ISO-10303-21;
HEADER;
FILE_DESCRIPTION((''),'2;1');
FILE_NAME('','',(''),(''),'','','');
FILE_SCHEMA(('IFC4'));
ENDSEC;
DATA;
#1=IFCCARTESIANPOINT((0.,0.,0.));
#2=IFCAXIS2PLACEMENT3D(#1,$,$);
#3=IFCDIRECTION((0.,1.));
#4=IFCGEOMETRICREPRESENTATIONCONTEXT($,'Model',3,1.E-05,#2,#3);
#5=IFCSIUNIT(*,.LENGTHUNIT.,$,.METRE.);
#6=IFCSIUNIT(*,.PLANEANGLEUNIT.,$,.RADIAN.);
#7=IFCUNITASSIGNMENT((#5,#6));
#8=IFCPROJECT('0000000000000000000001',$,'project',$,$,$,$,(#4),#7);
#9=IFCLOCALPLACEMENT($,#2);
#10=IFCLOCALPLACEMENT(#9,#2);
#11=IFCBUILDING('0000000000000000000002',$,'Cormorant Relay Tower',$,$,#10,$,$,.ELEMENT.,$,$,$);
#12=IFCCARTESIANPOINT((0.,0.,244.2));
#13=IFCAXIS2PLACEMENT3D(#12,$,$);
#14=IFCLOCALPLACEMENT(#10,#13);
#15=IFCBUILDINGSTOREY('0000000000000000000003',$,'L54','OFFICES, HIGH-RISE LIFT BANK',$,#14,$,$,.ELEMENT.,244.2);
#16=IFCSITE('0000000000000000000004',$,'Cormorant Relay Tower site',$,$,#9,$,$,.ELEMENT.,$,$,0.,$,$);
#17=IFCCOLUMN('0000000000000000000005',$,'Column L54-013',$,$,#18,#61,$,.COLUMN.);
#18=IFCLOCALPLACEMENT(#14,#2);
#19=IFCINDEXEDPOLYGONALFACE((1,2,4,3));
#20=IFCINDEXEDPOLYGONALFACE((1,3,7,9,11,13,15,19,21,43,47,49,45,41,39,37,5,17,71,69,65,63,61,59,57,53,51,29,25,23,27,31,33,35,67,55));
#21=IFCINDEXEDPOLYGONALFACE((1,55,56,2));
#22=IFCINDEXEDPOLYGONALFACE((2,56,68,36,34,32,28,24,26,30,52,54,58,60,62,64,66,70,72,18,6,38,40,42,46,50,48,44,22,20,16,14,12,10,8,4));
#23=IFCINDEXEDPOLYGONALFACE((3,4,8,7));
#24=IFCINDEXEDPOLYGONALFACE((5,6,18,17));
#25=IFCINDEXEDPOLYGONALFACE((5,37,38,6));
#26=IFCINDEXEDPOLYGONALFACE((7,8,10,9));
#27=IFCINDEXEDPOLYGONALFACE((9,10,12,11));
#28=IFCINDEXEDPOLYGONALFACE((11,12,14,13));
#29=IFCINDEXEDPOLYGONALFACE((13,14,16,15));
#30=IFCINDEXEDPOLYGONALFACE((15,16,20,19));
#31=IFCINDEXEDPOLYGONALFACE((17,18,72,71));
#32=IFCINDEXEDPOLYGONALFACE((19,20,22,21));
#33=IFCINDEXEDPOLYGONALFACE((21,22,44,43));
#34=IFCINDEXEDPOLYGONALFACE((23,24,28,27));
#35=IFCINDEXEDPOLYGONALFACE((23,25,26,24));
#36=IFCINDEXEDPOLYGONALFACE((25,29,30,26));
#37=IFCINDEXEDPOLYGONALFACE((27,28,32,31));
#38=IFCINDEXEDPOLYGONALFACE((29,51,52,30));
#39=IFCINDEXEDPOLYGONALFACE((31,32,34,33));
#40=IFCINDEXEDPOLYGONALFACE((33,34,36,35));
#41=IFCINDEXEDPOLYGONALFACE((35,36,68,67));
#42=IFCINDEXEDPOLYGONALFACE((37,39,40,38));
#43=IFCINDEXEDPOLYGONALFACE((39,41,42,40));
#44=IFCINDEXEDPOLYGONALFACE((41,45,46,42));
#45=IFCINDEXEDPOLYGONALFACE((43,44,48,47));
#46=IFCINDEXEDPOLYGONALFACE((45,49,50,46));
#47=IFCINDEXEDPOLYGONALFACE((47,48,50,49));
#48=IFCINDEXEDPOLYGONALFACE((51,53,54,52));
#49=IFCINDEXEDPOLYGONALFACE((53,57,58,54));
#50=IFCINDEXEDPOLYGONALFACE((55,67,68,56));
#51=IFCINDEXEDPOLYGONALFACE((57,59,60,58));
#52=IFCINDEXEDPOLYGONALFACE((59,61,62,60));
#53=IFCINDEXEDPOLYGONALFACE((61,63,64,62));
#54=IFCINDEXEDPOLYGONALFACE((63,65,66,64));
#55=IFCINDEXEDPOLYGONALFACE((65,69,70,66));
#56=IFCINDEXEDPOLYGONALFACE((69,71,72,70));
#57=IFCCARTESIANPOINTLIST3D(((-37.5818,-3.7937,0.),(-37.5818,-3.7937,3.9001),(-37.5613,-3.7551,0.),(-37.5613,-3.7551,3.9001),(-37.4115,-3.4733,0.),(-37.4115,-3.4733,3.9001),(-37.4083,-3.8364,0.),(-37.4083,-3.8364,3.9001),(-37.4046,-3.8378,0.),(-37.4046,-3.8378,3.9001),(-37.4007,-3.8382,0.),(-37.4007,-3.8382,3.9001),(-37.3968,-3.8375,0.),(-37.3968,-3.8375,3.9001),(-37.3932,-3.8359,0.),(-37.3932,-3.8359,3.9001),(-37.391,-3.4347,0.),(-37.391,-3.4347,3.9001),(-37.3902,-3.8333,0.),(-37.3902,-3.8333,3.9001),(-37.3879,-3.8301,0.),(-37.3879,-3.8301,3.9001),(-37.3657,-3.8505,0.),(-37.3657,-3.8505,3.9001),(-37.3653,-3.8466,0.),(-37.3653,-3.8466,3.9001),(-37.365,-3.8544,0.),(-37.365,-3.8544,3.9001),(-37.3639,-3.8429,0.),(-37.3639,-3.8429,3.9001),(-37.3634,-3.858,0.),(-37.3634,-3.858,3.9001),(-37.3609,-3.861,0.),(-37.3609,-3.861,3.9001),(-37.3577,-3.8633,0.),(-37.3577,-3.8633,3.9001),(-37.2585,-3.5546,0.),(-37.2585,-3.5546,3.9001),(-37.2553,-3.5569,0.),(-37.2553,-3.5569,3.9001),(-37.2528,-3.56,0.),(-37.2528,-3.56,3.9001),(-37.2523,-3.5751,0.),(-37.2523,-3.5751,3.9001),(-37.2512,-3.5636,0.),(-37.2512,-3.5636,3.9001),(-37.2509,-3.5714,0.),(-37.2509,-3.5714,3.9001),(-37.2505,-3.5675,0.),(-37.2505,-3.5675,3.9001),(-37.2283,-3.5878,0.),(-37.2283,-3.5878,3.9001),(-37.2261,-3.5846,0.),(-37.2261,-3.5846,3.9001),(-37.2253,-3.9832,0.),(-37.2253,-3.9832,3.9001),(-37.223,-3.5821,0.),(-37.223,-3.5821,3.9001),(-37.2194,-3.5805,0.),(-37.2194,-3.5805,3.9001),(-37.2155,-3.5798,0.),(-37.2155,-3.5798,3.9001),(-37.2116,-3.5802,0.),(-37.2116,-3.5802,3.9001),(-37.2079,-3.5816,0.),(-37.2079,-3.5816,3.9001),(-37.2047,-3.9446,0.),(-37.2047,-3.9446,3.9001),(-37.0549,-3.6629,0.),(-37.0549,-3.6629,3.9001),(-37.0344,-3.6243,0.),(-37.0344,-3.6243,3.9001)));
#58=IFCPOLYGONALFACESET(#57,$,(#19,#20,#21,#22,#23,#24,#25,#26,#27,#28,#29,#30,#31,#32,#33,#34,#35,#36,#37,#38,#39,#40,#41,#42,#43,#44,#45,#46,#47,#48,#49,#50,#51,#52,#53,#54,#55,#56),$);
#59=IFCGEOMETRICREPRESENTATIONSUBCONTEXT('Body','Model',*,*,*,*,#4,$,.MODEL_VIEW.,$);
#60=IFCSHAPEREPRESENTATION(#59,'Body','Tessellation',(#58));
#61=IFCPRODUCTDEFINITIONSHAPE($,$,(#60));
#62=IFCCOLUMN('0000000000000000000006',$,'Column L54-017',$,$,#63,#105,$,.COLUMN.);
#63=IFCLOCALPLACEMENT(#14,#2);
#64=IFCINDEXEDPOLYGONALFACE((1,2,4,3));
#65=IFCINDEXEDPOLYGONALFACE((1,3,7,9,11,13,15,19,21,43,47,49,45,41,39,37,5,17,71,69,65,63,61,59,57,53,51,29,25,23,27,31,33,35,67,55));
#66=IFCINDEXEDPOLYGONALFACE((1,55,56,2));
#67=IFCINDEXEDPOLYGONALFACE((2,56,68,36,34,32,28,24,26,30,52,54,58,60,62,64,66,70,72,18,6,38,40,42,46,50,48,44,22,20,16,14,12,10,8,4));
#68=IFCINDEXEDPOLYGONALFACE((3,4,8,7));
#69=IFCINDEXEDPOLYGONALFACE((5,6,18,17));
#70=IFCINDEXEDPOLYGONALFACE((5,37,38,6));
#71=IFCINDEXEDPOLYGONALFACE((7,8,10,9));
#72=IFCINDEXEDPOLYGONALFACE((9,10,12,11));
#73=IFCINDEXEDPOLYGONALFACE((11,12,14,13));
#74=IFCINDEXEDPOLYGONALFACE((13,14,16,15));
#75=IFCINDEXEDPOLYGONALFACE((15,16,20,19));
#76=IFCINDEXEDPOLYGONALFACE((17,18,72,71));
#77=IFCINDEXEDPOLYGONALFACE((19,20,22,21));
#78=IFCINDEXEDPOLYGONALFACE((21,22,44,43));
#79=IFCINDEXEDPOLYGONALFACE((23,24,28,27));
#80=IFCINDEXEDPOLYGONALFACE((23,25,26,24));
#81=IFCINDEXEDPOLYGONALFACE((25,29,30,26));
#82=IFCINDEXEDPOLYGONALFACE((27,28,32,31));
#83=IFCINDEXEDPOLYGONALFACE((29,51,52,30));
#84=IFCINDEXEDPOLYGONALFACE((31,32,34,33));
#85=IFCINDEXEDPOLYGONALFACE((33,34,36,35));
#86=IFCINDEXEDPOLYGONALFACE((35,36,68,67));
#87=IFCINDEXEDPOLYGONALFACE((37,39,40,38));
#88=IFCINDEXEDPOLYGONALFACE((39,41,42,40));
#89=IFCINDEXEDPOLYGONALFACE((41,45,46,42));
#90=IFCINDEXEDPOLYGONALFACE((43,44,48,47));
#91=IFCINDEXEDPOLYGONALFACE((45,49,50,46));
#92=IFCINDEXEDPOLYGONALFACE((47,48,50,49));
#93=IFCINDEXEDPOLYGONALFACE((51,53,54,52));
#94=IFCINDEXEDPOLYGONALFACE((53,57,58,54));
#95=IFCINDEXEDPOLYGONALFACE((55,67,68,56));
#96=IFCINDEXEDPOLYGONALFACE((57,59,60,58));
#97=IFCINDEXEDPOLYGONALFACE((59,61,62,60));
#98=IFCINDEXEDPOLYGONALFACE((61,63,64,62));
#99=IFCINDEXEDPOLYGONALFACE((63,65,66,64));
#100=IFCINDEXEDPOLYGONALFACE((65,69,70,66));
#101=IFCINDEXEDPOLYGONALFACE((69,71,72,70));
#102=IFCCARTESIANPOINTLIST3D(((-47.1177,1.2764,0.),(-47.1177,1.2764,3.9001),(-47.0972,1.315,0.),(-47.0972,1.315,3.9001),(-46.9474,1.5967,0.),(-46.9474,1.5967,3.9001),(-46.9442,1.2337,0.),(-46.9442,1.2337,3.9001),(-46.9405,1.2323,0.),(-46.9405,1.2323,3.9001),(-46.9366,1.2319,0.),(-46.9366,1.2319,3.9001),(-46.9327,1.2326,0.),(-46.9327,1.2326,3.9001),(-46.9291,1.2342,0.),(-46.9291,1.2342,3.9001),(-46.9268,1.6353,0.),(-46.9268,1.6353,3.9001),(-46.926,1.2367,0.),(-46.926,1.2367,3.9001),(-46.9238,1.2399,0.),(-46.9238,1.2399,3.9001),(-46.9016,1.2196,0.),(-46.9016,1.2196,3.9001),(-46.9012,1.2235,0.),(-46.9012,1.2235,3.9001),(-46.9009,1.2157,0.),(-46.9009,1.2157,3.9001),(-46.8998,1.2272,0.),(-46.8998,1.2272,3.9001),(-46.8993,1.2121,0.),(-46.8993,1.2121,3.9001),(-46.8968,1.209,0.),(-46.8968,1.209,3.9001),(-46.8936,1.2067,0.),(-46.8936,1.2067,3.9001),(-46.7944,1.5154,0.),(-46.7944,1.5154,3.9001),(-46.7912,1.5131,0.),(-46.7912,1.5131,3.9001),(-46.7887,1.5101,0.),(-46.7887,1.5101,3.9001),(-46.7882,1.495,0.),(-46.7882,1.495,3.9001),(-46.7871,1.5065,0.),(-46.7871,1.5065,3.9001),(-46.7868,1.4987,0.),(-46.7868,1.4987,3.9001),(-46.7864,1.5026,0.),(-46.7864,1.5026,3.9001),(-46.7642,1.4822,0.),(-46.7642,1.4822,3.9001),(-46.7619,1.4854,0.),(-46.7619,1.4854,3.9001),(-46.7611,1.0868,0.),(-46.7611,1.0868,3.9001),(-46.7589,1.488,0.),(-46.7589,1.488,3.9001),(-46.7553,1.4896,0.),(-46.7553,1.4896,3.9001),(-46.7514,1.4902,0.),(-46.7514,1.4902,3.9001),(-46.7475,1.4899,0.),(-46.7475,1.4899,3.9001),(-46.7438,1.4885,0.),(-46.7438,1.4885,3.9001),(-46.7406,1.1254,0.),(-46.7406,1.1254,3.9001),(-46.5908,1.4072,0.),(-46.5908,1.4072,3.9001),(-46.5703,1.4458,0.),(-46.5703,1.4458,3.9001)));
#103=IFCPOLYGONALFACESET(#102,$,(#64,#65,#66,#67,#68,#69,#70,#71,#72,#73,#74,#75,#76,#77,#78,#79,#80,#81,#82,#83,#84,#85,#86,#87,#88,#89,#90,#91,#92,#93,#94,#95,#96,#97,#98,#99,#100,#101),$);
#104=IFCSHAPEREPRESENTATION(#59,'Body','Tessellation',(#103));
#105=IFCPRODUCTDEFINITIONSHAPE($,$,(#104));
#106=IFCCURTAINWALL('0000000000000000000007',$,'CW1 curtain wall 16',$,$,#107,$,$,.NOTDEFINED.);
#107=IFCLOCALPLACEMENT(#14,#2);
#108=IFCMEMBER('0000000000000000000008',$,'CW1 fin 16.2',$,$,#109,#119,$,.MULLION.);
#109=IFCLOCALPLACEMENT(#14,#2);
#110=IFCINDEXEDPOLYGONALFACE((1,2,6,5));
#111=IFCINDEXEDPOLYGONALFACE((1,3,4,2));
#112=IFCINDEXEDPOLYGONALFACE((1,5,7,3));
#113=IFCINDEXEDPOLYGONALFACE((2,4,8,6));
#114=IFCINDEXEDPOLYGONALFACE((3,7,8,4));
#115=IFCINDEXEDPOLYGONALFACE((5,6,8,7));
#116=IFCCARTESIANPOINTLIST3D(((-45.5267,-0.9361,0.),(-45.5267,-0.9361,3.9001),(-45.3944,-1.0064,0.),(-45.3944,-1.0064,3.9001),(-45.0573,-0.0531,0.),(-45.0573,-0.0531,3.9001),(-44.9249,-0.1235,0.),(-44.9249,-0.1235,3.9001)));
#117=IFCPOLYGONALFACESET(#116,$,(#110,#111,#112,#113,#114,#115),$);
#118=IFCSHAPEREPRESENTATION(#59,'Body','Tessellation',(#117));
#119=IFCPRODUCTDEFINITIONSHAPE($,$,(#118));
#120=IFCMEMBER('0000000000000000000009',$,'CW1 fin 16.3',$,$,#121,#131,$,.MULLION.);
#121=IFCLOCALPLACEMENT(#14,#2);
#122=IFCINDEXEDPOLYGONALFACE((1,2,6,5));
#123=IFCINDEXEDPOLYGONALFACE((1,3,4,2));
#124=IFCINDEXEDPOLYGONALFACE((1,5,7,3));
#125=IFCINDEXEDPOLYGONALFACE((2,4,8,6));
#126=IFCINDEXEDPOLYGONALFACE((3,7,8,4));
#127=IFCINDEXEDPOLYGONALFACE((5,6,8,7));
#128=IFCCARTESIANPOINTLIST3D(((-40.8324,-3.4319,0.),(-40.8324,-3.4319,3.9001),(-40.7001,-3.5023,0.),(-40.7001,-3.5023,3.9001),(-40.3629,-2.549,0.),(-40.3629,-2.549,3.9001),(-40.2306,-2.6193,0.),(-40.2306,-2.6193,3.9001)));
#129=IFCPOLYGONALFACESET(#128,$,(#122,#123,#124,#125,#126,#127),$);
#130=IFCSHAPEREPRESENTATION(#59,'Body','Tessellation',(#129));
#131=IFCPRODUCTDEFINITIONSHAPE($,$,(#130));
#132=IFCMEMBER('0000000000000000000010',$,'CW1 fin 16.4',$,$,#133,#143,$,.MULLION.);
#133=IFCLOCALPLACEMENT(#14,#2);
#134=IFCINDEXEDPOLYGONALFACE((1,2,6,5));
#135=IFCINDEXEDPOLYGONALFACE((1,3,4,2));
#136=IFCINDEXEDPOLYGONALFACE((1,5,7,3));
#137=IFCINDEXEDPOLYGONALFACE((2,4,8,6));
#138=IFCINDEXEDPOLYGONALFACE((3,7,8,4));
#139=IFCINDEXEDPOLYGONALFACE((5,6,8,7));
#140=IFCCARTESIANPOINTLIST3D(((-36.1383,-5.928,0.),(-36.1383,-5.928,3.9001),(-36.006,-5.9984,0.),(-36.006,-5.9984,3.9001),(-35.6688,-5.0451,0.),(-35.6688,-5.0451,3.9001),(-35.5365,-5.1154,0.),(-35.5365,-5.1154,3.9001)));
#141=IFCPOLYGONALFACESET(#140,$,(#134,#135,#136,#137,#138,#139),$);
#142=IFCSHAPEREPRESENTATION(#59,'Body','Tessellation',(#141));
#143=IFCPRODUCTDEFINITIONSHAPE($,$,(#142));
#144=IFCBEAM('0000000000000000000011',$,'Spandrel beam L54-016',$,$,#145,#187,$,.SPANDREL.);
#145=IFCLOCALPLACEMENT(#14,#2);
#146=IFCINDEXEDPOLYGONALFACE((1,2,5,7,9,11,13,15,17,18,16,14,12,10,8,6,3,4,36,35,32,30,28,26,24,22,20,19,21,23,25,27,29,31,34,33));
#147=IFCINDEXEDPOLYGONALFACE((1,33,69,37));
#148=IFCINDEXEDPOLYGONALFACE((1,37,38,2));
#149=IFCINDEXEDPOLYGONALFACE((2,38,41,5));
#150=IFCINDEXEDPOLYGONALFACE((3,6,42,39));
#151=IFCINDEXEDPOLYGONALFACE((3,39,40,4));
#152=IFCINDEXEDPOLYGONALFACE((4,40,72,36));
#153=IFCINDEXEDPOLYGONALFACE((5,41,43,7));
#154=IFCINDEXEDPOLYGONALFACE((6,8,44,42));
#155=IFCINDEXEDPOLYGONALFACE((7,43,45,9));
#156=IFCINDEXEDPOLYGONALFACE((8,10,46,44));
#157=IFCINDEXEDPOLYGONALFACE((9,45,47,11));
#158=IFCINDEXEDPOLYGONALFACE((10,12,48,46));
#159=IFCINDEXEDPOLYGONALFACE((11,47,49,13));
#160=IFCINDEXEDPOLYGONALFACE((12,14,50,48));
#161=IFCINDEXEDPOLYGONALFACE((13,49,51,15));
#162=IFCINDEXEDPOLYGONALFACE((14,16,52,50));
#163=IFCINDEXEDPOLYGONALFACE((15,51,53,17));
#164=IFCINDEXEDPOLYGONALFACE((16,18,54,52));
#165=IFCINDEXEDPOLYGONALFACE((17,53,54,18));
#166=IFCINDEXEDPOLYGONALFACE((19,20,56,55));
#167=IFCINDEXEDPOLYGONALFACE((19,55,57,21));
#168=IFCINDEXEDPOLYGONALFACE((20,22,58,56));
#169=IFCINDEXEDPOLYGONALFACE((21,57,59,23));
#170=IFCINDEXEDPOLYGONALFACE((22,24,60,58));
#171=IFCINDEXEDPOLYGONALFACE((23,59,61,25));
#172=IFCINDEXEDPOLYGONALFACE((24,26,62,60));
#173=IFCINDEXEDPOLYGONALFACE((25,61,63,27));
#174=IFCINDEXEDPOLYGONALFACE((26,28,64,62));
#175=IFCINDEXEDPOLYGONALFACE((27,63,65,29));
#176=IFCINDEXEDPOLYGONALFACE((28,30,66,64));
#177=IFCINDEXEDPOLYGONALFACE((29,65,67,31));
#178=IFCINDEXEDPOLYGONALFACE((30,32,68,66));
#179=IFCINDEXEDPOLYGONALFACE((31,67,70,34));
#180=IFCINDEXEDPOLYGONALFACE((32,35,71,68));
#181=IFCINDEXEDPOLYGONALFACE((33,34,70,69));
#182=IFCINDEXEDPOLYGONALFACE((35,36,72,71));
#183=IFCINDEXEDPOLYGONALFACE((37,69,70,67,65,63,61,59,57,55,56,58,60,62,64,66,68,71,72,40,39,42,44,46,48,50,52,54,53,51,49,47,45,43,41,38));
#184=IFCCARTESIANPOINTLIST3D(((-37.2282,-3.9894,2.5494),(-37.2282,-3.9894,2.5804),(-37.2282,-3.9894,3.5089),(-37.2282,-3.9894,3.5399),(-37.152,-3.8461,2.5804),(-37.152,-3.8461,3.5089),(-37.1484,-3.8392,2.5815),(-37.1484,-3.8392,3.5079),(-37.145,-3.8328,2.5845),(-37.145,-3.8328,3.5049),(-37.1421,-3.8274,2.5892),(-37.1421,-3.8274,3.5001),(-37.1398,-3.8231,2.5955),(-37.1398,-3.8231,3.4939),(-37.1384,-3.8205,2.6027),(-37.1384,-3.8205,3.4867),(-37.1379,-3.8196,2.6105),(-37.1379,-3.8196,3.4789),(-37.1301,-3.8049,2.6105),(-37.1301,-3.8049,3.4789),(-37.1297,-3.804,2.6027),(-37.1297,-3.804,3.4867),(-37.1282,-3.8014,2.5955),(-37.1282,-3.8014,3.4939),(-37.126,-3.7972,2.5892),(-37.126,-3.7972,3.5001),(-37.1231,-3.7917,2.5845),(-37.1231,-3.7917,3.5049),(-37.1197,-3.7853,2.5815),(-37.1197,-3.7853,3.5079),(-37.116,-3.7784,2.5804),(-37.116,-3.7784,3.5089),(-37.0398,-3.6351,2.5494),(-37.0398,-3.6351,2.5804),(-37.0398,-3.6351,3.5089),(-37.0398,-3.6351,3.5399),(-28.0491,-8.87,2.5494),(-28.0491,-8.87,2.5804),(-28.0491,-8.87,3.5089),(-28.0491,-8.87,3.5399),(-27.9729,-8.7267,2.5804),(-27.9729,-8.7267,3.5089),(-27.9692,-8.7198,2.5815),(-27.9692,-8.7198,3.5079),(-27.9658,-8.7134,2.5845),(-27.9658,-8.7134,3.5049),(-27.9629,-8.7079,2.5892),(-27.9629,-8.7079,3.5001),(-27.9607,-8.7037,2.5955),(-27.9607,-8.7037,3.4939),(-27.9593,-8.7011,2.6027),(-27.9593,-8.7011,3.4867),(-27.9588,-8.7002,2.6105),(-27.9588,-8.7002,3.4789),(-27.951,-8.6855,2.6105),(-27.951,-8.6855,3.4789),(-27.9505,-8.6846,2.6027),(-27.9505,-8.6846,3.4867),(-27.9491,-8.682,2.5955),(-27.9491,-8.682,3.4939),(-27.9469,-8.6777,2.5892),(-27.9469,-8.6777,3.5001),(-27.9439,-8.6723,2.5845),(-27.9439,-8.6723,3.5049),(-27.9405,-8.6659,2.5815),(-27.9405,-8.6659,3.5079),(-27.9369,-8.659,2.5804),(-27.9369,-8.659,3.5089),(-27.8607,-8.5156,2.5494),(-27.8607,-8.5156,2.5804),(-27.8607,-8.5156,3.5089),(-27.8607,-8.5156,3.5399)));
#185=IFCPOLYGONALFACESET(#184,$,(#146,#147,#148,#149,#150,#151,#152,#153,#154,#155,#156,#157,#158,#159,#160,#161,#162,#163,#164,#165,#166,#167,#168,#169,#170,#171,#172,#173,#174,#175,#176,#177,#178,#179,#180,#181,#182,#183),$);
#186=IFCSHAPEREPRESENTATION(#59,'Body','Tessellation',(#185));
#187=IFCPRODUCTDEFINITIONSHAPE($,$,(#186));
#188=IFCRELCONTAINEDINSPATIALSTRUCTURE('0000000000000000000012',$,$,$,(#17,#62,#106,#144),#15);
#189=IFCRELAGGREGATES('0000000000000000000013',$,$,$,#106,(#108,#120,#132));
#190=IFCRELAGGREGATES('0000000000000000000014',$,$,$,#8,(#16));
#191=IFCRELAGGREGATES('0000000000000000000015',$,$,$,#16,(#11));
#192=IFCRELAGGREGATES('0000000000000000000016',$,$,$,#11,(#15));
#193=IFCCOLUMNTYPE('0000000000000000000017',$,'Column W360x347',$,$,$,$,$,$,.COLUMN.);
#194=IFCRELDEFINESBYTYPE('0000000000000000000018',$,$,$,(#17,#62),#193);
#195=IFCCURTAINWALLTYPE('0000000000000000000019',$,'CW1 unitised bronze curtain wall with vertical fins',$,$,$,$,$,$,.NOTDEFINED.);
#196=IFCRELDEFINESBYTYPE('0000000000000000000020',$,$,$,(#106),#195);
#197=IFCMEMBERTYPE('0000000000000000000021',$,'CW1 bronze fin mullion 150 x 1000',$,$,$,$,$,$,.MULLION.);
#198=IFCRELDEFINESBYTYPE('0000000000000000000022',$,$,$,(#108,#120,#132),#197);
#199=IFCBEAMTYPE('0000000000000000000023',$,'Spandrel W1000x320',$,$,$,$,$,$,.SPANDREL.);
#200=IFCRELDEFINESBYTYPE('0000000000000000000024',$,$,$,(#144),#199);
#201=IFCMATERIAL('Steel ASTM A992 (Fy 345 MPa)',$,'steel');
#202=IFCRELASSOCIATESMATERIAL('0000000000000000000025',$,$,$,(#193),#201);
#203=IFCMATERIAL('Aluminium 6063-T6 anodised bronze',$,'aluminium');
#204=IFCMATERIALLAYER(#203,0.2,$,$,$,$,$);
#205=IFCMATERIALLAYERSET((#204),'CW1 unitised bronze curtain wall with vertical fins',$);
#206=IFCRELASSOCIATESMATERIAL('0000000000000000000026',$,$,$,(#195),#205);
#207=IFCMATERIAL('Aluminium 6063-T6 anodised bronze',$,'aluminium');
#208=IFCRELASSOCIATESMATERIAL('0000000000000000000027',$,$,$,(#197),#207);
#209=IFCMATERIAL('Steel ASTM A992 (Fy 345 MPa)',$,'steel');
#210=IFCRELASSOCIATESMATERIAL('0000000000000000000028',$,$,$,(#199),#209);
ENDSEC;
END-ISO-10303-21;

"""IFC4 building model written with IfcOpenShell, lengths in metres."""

from ifc_helpers import new_model, si_unit, direction, frame, origin, origin_2d, place, context, subcontext, project, spatial, rectangle, i_section, extrude, material, layer, layer_set, material_profile, profile_set, type_object, element, aggregate, save


model = new_model("IFC4")

# Units and contexts
model_context = context("Model", 3, precision=1e-05, world=origin(), true_north=direction((0.0, 1.0)))
body_context = subcontext(model_context, "Body", "Model", "MODEL_VIEW")
ifc_project = project(units=[si_unit("LENGTHUNIT", "METRE"), si_unit("PLANEANGLEUNIT", "RADIAN")], contexts=[model_context])

# Site, building, storey
site_placement = place(None, origin())
site = spatial("IfcSite", under=ifc_project, at=site_placement, Name="Cormorant Relay Tower site", CompositionType="ELEMENT", RefElevation=0.0)
building_placement = place(site_placement, origin())
building = spatial("IfcBuilding", under=site, at=building_placement, Name="Cormorant Relay Tower", CompositionType="ELEMENT")
storey_placement = place(building_placement, frame((0.0, 0.0, 244.2)))
storey = spatial("IfcBuildingStorey", under=building, at=storey_placement, Name="L54", Description="OFFICES, HIGH-RISE LIFT BANK", CompositionType="ELEMENT", Elevation=244.2)

# Columns
ifc_material_1 = material(Name="Steel ASTM A992 (Fy 345 MPa)", Category="steel")
ifc_material_profile_1 = material_profile(ifc_material_1, i_section(OverallWidth=0.4038, OverallDepth=0.4065, WebThickness=0.0271, FlangeThickness=0.0437, FilletRadius=0.0151, at=origin_2d()), Name="W360x347")
ifc_profile_set_1 = profile_set([ifc_material_profile_1], Name="Steel ASTM A992 (Fy 345 MPa)")
column_type = type_object("IfcColumnType", Name="Column W360x347", PredefinedType="COLUMN", material=ifc_profile_set_1)
for number, where, z_axis, x_axis, name in (
    (1, (-37.3081, -3.709, 0.0), (0.0, 0.0, 1.0), (0.882948, -0.469472, 0.0), "Column L54-013"),
    (2, (-46.844, 1.3611, 0.0), (0.0, 0.0, 1.0), (0.882948, -0.469472, 0.0), "Column L54-017"),
):
    element("IfcColumn", number, at=place(storey_placement, frame(where, z_axis=z_axis, x_axis=x_axis)), inside=storey, type_object=column_type, Name=name, PredefinedType="COLUMN", context=body_context, shape_type="SweptSolid", body=[
        extrude(i_section(OverallWidth=0.4038, OverallDepth=0.4065, WebThickness=0.0271, FlangeThickness=0.0437, FilletRadius=0.0151, at=origin_2d()), origin(), (0.0, 0.0, 1.0), 3.9001),
    ])

# Curtain wall, members
ifc_material_2 = material(Name="Aluminium 6063-T6 anodised bronze", Category="aluminium")
ifc_layer_1 = layer(ifc_material_2, 0.2)
ifc_layer_set_1 = layer_set([ifc_layer_1], Name="CW1 unitised bronze curtain wall with vertical fins")
curtain_wall_type = type_object("IfcCurtainWallType", Name="CW1 unitised bronze curtain wall with vertical fins", PredefinedType="NOTDEFINED", material=ifc_layer_set_1)
curtain_wall_placement = place(storey_placement, origin())
curtain_wall = element("IfcCurtainWall", 3, at=curtain_wall_placement, inside=storey, type_object=curtain_wall_type, Name="CW1 curtain wall 16", PredefinedType="NOTDEFINED")
ifc_material_3 = material(Name="Aluminium 6063-T6 anodised bronze", Category="aluminium")
ifc_material_profile_2 = material_profile(ifc_material_3, rectangle(XDim=0.1499, YDim=1.0, at=origin_2d()), Name="AL 150x1000")
ifc_profile_set_2 = profile_set([ifc_material_profile_2], Name="Aluminium 6063-T6 anodised bronze")
member_type = type_object("IfcMemberType", Name="CW1 bronze fin mullion 150 x 1000", PredefinedType="MULLION", material=ifc_profile_set_2)
member_1_placement = place(storey_placement, frame((-45.2258, -0.5298, 0.0), z_axis=(0.0, 0.0, 1.0), x_axis=(0.882948, -0.469472, 0.0)))
member_1 = element("IfcMember", 4, at=member_1_placement, type_object=member_type, Name="CW1 fin 16.2", PredefinedType="MULLION", context=body_context, shape_type="SweptSolid", body=[
    extrude(rectangle(XDim=0.1499, YDim=1.0, at=origin_2d()), origin(), (0.0, 0.0, 1.0), 3.9001),
])
member_2_placement = place(storey_placement, frame((-40.5315, -3.0256, 0.0), z_axis=(0.0, 0.0, 1.0), x_axis=(0.882948, -0.469472, 0.0)))
member_2 = element("IfcMember", 5, at=member_2_placement, type_object=member_type, Name="CW1 fin 16.3", PredefinedType="MULLION", context=body_context, shape_type="SweptSolid", body=[
    extrude(rectangle(XDim=0.1499, YDim=1.0, at=origin_2d()), origin(), (0.0, 0.0, 1.0), 3.9001),
])
member_3_placement = place(storey_placement, frame((-35.8374, -5.5217, 0.0), z_axis=(0.0, 0.0, 1.0), x_axis=(0.882948, -0.469472, 0.0)))
member_3 = element("IfcMember", 6, at=member_3_placement, type_object=member_type, Name="CW1 fin 16.4", PredefinedType="MULLION", context=body_context, shape_type="SweptSolid", body=[
    extrude(rectangle(XDim=0.1499, YDim=1.0, at=origin_2d()), origin(), (0.0, 0.0, 1.0), 3.9001),
])

# Beam
ifc_material_4 = material(Name="Steel ASTM A992 (Fy 345 MPa)", Category="steel")
ifc_material_profile_3 = material_profile(ifc_material_4, i_section(OverallWidth=0.4014, OverallDepth=0.9905, WebThickness=0.0166, FlangeThickness=0.031, FilletRadius=0.03, at=origin_2d()), Name="W1000x320")
ifc_profile_set_3 = profile_set([ifc_material_profile_3], Name="Steel ASTM A992 (Fy 345 MPa)")
beam_type_1 = type_object("IfcBeamType", Name="Spandrel W1000x320", PredefinedType="SPANDREL", material=ifc_profile_set_3)
beam_1_placement = place(storey_placement, frame((-37.134, -3.8123, 3.0447), z_axis=(0.88295, -0.469468, 0.0), x_axis=(0.469468, 0.88295, 0.0)))
element("IfcBeam", 7, at=beam_1_placement, inside=storey, type_object=beam_type_1, Name="Spandrel beam L54-016", PredefinedType="SPANDREL", context=body_context, shape_type="SweptSolid", body=[
    extrude(i_section(OverallWidth=0.4014, OverallDepth=0.9905, WebThickness=0.0166, FlangeThickness=0.031, FilletRadius=0.03, at=origin_2d()), origin(), (0.0, 0.0, 1.0), 10.396),
])

aggregate(curtain_wall, [member_1, member_2, member_3])

save(model, "model.ifc")
